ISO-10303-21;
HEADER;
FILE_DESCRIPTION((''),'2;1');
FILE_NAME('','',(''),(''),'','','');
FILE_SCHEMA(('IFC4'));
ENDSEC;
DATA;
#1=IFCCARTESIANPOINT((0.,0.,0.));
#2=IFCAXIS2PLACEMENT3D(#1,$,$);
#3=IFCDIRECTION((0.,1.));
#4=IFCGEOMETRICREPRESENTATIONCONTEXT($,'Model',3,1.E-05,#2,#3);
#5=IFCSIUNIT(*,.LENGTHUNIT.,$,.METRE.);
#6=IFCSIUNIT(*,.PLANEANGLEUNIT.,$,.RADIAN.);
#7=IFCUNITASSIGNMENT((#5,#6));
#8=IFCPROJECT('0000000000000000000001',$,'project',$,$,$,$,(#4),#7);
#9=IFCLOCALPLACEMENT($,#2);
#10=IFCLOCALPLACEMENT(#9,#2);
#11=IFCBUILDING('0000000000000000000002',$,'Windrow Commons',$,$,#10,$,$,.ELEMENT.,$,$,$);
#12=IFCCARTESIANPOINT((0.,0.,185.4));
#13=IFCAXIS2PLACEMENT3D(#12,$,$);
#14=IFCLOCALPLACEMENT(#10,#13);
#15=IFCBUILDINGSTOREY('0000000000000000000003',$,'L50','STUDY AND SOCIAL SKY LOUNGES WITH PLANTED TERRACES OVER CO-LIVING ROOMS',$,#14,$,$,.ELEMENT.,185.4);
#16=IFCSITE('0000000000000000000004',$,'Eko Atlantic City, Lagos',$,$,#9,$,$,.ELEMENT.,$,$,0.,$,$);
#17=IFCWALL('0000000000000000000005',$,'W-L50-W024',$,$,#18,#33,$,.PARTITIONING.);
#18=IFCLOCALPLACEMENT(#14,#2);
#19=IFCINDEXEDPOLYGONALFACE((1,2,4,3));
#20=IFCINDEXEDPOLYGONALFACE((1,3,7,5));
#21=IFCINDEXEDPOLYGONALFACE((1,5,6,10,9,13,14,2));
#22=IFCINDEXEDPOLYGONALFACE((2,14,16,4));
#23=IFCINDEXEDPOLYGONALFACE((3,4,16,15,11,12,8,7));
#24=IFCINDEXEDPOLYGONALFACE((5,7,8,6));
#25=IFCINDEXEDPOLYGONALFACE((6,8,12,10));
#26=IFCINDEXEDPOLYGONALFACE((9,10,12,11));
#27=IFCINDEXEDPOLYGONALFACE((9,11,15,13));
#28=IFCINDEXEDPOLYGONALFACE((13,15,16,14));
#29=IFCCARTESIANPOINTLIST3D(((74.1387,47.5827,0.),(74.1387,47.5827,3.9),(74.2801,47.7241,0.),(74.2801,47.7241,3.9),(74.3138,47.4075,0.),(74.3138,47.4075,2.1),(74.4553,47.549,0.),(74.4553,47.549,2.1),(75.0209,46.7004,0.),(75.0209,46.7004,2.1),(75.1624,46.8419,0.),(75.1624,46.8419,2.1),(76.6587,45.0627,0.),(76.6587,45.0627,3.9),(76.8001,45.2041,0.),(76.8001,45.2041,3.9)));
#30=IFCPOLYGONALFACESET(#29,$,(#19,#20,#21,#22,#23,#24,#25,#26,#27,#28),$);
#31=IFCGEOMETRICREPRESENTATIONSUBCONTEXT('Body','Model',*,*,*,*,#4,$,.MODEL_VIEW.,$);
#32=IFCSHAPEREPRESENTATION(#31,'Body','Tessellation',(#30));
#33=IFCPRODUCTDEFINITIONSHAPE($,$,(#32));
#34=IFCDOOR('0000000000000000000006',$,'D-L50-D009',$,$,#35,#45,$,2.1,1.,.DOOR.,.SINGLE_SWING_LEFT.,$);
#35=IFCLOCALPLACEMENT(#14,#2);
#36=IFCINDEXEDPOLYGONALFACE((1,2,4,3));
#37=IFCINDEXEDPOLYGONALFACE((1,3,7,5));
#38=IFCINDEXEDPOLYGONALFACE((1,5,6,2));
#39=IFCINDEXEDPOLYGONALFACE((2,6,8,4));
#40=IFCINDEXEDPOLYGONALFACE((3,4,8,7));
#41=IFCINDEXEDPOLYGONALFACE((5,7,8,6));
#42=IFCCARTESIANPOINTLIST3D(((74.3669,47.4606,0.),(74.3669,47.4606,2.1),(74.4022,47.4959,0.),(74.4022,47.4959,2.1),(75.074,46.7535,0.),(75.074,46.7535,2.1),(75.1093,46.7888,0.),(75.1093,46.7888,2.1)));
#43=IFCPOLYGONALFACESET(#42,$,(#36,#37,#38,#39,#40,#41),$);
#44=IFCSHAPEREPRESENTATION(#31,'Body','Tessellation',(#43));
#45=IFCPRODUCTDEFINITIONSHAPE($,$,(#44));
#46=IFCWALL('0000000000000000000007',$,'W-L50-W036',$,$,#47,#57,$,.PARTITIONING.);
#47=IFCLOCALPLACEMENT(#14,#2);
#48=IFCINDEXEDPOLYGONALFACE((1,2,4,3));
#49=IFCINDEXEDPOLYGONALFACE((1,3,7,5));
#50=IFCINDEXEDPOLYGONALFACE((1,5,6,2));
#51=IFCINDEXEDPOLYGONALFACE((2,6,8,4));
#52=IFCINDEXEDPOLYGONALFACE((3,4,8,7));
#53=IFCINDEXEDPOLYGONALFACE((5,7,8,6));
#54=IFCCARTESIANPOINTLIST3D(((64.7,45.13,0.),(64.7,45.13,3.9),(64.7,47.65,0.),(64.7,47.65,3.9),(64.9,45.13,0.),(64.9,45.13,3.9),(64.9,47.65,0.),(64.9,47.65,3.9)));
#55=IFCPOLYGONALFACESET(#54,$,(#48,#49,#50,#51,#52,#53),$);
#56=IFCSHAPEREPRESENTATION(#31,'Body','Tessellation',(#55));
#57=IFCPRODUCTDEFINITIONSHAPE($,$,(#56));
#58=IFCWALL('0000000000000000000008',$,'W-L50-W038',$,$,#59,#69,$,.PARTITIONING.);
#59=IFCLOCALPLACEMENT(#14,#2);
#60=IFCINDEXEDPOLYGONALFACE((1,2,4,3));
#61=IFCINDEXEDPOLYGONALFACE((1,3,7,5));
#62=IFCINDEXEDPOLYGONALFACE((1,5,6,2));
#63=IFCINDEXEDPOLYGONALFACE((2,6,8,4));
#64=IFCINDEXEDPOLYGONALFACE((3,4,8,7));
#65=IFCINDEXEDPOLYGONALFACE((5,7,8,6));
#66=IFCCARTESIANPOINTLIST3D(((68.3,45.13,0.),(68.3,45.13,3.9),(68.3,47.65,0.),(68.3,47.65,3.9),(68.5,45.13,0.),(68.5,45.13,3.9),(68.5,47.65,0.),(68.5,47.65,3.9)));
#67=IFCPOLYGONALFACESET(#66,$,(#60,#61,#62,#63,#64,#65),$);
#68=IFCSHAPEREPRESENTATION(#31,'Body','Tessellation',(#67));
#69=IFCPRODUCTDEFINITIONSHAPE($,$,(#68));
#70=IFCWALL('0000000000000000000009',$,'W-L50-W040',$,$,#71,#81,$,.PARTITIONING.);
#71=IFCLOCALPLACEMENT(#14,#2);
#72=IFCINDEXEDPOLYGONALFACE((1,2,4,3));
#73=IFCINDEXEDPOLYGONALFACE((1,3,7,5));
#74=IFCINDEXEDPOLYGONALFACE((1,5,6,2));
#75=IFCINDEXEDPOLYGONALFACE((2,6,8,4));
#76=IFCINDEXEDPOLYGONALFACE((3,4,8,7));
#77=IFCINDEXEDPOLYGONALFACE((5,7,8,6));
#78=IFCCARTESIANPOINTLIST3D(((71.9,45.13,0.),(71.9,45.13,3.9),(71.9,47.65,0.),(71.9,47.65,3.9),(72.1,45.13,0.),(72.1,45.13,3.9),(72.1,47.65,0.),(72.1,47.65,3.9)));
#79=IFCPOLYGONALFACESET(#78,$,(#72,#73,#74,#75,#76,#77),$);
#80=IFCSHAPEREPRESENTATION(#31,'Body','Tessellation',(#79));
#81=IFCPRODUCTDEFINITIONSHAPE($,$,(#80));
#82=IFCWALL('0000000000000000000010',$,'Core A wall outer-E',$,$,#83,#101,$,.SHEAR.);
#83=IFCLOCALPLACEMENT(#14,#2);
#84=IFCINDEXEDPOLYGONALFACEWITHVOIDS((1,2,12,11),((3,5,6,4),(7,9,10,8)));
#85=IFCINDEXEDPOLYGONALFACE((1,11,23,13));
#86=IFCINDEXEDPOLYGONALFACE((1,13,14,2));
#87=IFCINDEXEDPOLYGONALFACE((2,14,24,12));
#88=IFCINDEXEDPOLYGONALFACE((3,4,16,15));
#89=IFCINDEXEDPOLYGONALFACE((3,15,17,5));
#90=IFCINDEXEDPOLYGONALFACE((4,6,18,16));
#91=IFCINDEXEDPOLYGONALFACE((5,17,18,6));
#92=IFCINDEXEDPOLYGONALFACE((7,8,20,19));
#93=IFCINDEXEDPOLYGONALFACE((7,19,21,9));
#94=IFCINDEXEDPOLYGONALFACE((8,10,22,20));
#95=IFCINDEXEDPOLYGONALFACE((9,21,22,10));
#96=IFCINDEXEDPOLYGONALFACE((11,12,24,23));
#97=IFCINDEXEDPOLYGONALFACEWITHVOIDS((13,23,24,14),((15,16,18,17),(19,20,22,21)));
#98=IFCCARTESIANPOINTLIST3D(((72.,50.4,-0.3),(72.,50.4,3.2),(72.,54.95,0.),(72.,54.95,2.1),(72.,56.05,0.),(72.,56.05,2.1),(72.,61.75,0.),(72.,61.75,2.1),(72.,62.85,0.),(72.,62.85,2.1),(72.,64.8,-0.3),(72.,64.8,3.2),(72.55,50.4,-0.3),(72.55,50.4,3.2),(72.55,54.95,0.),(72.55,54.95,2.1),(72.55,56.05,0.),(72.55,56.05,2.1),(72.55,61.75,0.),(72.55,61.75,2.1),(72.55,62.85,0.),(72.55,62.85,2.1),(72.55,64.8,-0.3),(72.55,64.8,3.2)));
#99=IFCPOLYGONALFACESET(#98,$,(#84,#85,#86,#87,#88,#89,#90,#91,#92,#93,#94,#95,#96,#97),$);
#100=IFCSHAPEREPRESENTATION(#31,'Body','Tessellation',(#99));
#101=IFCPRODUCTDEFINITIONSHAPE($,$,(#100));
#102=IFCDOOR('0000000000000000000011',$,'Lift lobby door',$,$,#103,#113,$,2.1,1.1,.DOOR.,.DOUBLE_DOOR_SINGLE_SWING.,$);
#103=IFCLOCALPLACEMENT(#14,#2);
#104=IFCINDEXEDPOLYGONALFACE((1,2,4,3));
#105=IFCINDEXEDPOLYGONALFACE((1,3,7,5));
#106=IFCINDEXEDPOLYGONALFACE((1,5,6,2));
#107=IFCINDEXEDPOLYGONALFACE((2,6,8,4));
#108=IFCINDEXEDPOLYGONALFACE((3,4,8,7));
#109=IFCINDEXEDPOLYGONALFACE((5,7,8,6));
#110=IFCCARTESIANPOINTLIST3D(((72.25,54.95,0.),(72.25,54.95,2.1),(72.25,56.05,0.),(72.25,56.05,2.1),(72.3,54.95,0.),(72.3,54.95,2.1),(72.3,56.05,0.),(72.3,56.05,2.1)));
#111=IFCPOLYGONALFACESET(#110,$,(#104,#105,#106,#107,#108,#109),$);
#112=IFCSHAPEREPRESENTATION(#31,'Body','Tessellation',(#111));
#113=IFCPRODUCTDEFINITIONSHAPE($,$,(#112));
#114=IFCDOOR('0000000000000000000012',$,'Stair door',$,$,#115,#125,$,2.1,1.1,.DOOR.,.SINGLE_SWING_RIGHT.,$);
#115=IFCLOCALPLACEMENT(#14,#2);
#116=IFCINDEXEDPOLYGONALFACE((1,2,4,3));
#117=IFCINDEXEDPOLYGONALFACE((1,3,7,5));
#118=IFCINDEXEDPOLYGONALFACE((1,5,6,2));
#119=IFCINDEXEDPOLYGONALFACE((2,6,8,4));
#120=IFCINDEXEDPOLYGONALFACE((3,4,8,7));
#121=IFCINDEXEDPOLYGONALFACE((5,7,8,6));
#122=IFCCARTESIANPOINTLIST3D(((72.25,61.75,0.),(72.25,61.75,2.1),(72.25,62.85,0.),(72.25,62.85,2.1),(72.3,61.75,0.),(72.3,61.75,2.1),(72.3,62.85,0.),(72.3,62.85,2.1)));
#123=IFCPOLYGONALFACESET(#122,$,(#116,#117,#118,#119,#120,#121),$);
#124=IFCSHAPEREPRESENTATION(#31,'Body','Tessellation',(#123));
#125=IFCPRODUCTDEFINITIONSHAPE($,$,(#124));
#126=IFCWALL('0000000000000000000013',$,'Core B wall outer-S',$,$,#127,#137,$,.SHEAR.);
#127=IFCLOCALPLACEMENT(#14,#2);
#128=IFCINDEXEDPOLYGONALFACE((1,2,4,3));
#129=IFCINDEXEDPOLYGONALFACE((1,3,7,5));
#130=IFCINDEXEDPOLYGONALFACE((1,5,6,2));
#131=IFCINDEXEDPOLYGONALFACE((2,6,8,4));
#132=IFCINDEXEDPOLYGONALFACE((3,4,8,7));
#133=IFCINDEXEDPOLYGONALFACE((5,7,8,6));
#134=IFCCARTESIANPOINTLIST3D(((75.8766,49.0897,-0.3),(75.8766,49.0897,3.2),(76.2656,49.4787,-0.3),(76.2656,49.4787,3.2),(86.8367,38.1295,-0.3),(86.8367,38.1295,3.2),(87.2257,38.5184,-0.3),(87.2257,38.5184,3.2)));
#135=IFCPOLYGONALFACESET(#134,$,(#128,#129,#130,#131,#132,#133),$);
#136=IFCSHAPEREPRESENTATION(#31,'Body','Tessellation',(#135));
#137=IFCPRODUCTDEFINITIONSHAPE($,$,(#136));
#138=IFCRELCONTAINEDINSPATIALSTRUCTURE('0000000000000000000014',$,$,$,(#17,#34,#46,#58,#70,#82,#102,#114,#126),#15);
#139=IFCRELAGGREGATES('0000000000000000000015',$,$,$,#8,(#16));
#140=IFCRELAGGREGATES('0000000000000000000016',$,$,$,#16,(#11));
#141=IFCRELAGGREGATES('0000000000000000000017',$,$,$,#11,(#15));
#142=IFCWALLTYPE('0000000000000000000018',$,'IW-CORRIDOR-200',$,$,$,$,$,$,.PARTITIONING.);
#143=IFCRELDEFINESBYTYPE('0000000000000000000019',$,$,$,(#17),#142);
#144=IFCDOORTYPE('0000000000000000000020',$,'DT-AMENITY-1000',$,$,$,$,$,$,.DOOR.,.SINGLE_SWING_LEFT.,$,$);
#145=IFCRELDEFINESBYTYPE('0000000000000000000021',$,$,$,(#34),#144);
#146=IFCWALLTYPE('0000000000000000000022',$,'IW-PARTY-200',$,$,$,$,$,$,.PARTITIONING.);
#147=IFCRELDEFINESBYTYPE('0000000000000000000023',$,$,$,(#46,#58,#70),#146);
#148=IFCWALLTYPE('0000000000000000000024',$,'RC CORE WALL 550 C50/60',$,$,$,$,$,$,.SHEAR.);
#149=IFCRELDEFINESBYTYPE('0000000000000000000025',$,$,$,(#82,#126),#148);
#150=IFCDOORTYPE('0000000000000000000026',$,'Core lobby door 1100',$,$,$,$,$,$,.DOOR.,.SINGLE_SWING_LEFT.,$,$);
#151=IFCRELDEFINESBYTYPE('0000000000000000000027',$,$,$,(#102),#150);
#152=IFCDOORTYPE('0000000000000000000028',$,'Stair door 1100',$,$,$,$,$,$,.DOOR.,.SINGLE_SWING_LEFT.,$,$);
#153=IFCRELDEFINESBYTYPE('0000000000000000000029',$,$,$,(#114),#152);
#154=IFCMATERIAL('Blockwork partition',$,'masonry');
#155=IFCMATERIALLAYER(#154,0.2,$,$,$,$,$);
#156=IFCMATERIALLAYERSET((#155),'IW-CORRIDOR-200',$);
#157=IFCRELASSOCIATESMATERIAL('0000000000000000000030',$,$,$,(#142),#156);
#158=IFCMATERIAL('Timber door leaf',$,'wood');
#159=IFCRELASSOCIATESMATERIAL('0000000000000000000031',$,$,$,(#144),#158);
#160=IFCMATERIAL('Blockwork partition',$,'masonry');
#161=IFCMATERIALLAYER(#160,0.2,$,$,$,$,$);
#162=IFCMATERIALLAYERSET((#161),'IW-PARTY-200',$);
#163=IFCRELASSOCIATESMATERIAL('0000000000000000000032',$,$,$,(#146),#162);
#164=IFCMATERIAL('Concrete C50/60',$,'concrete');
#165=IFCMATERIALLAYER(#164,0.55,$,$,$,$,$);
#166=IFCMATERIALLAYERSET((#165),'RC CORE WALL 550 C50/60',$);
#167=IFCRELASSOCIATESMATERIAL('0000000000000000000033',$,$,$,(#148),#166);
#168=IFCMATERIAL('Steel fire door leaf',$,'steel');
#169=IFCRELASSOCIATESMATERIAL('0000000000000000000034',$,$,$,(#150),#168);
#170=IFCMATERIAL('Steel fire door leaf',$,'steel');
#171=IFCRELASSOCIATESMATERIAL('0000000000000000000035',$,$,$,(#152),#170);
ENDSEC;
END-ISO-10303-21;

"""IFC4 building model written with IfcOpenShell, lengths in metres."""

from ifc_helpers import new_model, si_unit, direction, frame, frame_2d, origin, place, context, subcontext, project, spatial, rectangle, extrude, material, layer, layer_set, type_object, element, fill, save


model = new_model("IFC4")

# Units and contexts
model_context = context("Model", 3, precision=1e-05, world=origin(), true_north=direction((0.0, 1.0)))
body_context = subcontext(model_context, "Body", "Model", "MODEL_VIEW")
ifc_project = project(units=[si_unit("LENGTHUNIT", "METRE"), si_unit("PLANEANGLEUNIT", "RADIAN")], contexts=[model_context])

# Site, building, storey
site_placement = place(None, origin())
site = spatial("IfcSite", under=ifc_project, at=site_placement, Name="Eko Atlantic City, Lagos", CompositionType="ELEMENT", RefElevation=0.0)
building_placement = place(site_placement, origin())
building = spatial("IfcBuilding", under=site, at=building_placement, Name="Windrow Commons", CompositionType="ELEMENT")
storey_placement = place(building_placement, frame((0.0, 0.0, 185.4)))
storey = spatial("IfcBuildingStorey", under=building, at=storey_placement, Name="L50", Description="STUDY AND SOCIAL SKY LOUNGES WITH PLANTED TERRACES OVER CO-LIVING ROOMS", CompositionType="ELEMENT", Elevation=185.4)

# Wall, opening, door
ifc_material_1 = material(Name="Blockwork partition", Category="masonry")
ifc_layer_1 = layer(ifc_material_1, 0.2)
ifc_layer_set_1 = layer_set([ifc_layer_1], Name="IW-CORRIDOR-200")
wall_type_1 = type_object("IfcWallType", Name="IW-CORRIDOR-200", PredefinedType="PARTITIONING", material=ifc_layer_set_1)
wall_1_placement = place(storey_placement, frame((74.2094, 47.6534, 0.0), z_axis=(0.0, 0.0, 1.0), x_axis=(0.707107, -0.707107, 0.0)))
wall_1 = element("IfcWall", 1, at=wall_1_placement, inside=storey, type_object=wall_type_1, Name="W-L50-W024", PredefinedType="PARTITIONING", context=body_context, shape_type="SweptSolid", body=[
    extrude(rectangle(XDim=3.5638, YDim=0.2, at=frame_2d((1.7819, 0.0))), origin(), (0.0, 0.0, 1.0), 3.9),
])
opening_1_placement = place(wall_1_placement, frame((0.2477, 0.0, 0.0)))
opening_1 = element("IfcOpeningElement", 2, at=opening_1_placement, cuts=wall_1, PredefinedType="OPENING", context=body_context, shape_type="SweptSolid", body=[
    extrude(rectangle(XDim=1.0, YDim=2.1, at=frame_2d((0.5, 1.05))), frame((0.0, 0.11, 0.0), z_axis=(0.0, -1.0, 0.0), x_axis=(1.0, 0.0, 0.0)), (0.0, 0.0, 1.0), 0.22),
])
ifc_material_2 = material(Name="Timber door leaf", Category="wood")
door_type_1 = type_object("IfcDoorType", Name="DT-AMENITY-1000", OperationType="SINGLE_SWING_LEFT", PredefinedType="DOOR", material=ifc_material_2)
door_1_placement = place(opening_1_placement, origin())
door_1 = element("IfcDoor", 3, at=door_1_placement, inside=storey, type_object=door_type_1, Name="D-L50-D009", OperationType="SINGLE_SWING_LEFT", OverallHeight=2.1, OverallWidth=1.0, PredefinedType="DOOR", context=body_context, shape_type="SweptSolid", body=[
    extrude(rectangle(XDim=1.0, YDim=2.1, at=frame_2d((0.5, 1.05))), frame((0.0, 0.025, 0.0), z_axis=(0.0, -1.0, 0.0), x_axis=(1.0, 0.0, 0.0)), (0.0, 0.0, 1.0), 0.05),
])
fill(opening_1, door_1)

# Walls
ifc_material_3 = material(Name="Blockwork partition", Category="masonry")
ifc_layer_2 = layer(ifc_material_3, 0.2)
ifc_layer_set_2 = layer_set([ifc_layer_2], Name="IW-PARTY-200")
wall_type_2 = type_object("IfcWallType", Name="IW-PARTY-200", PredefinedType="PARTITIONING", material=ifc_layer_set_2)
for number, where, z_axis, x_axis, name in (
    (4, (64.8, 45.13, 0.0), (0.0, 0.0, 1.0), (0.0, 1.0, 0.0), "W-L50-W036"),
    (5, (68.4, 45.13, 0.0), (0.0, 0.0, 1.0), (0.0, 1.0, 0.0), "W-L50-W038"),
    (6, (72.0, 45.13, 0.0), (0.0, 0.0, 1.0), (0.0, 1.0, 0.0), "W-L50-W040"),
):
    element("IfcWall", number, at=place(storey_placement, frame(where, z_axis=z_axis, x_axis=x_axis)), inside=storey, type_object=wall_type_2, Name=name, PredefinedType="PARTITIONING", context=body_context, shape_type="SweptSolid", body=[
        extrude(rectangle(XDim=2.52, YDim=0.2, at=frame_2d((1.26, 0.0))), origin(), (0.0, 0.0, 1.0), 3.9),
    ])

# Wall, openings, doors
ifc_material_4 = material(Name="Concrete C50/60", Category="concrete")
ifc_layer_3 = layer(ifc_material_4, 0.55)
ifc_layer_set_3 = layer_set([ifc_layer_3], Name="RC CORE WALL 550 C50/60")
wall_type_3 = type_object("IfcWallType", Name="RC CORE WALL 550 C50/60", PredefinedType="SHEAR", material=ifc_layer_set_3)
wall_2_placement = place(storey_placement, frame((72.275, 50.4, -0.3), z_axis=(0.0, 0.0, 1.0), x_axis=(0.0, 1.0, 0.0)))
wall_2 = element("IfcWall", 7, at=wall_2_placement, inside=storey, type_object=wall_type_3, Name="Core A wall outer-E", PredefinedType="SHEAR", context=body_context, shape_type="SweptSolid", body=[
    extrude(rectangle(XDim=14.4, YDim=0.55, at=frame_2d((7.2, 0.0))), origin(), (0.0, 0.0, 1.0), 3.5),
])
opening_2_placement = place(wall_2_placement, frame((4.55, 0.0, 0.3)))
opening_2 = element("IfcOpeningElement", 8, at=opening_2_placement, cuts=wall_2, PredefinedType="OPENING", context=body_context, shape_type="SweptSolid", body=[
    extrude(rectangle(XDim=1.1, YDim=2.1, at=frame_2d((0.55, 1.05))), frame((0.0, 0.285, 0.0), z_axis=(0.0, -1.0, 0.0), x_axis=(1.0, 0.0, 0.0)), (0.0, 0.0, 1.0), 0.57),
])
opening_3_placement = place(wall_2_placement, frame((11.35, 0.0, 0.3)))
opening_3 = element("IfcOpeningElement", 9, at=opening_3_placement, cuts=wall_2, PredefinedType="OPENING", context=body_context, shape_type="SweptSolid", body=[
    extrude(rectangle(XDim=1.1, YDim=2.1, at=frame_2d((0.55, 1.05))), frame((0.0, 0.285, 0.0), z_axis=(0.0, -1.0, 0.0), x_axis=(1.0, 0.0, 0.0)), (0.0, 0.0, 1.0), 0.57),
])
ifc_material_5 = material(Name="Steel fire door leaf", Category="steel")
door_type_2 = type_object("IfcDoorType", Name="Core lobby door 1100", OperationType="SINGLE_SWING_LEFT", PredefinedType="DOOR", material=ifc_material_5)
door_2_placement = place(opening_2_placement, origin())
door_2 = element("IfcDoor", 10, at=door_2_placement, inside=storey, type_object=door_type_2, Name="Lift lobby door", OperationType="DOUBLE_DOOR_SINGLE_SWING", OverallHeight=2.1, OverallWidth=1.1, PredefinedType="DOOR", context=body_context, shape_type="SweptSolid", body=[
    extrude(rectangle(XDim=1.1, YDim=2.1, at=frame_2d((0.55, 1.05))), frame((0.0, 0.025, 0.0), z_axis=(0.0, -1.0, 0.0), x_axis=(1.0, 0.0, 0.0)), (0.0, 0.0, 1.0), 0.05),
])
fill(opening_2, door_2)
ifc_material_6 = material(Name="Steel fire door leaf", Category="steel")
door_type_3 = type_object("IfcDoorType", Name="Stair door 1100", OperationType="SINGLE_SWING_LEFT", PredefinedType="DOOR", material=ifc_material_6)
door_3_placement = place(opening_3_placement, origin())
door_3 = element("IfcDoor", 11, at=door_3_placement, inside=storey, type_object=door_type_3, Name="Stair door", OperationType="SINGLE_SWING_RIGHT", OverallHeight=2.1, OverallWidth=1.1, PredefinedType="DOOR", context=body_context, shape_type="SweptSolid", body=[
    extrude(rectangle(XDim=1.1, YDim=2.1, at=frame_2d((0.55, 1.05))), frame((0.0, 0.025, 0.0), z_axis=(0.0, -1.0, 0.0), x_axis=(1.0, 0.0, 0.0)), (0.0, 0.0, 1.0), 0.05),
])
fill(opening_3, door_3)

# Wall
wall_3_placement = place(storey_placement, frame((76.0711, 49.2842, -0.3), z_axis=(0.0, 0.0, 1.0), x_axis=(0.707104, -0.70711, 0.0)))
element("IfcWall", 12, at=wall_3_placement, inside=storey, type_object=wall_type_3, Name="Core B wall outer-S", PredefinedType="SHEAR", context=body_context, shape_type="SweptSolid", body=[
    extrude(rectangle(XDim=15.5, YDim=0.55, at=frame_2d((7.75, 0.0))), origin(), (0.0, 0.0, 1.0), 3.5),
])

save(model, "model.ifc")
